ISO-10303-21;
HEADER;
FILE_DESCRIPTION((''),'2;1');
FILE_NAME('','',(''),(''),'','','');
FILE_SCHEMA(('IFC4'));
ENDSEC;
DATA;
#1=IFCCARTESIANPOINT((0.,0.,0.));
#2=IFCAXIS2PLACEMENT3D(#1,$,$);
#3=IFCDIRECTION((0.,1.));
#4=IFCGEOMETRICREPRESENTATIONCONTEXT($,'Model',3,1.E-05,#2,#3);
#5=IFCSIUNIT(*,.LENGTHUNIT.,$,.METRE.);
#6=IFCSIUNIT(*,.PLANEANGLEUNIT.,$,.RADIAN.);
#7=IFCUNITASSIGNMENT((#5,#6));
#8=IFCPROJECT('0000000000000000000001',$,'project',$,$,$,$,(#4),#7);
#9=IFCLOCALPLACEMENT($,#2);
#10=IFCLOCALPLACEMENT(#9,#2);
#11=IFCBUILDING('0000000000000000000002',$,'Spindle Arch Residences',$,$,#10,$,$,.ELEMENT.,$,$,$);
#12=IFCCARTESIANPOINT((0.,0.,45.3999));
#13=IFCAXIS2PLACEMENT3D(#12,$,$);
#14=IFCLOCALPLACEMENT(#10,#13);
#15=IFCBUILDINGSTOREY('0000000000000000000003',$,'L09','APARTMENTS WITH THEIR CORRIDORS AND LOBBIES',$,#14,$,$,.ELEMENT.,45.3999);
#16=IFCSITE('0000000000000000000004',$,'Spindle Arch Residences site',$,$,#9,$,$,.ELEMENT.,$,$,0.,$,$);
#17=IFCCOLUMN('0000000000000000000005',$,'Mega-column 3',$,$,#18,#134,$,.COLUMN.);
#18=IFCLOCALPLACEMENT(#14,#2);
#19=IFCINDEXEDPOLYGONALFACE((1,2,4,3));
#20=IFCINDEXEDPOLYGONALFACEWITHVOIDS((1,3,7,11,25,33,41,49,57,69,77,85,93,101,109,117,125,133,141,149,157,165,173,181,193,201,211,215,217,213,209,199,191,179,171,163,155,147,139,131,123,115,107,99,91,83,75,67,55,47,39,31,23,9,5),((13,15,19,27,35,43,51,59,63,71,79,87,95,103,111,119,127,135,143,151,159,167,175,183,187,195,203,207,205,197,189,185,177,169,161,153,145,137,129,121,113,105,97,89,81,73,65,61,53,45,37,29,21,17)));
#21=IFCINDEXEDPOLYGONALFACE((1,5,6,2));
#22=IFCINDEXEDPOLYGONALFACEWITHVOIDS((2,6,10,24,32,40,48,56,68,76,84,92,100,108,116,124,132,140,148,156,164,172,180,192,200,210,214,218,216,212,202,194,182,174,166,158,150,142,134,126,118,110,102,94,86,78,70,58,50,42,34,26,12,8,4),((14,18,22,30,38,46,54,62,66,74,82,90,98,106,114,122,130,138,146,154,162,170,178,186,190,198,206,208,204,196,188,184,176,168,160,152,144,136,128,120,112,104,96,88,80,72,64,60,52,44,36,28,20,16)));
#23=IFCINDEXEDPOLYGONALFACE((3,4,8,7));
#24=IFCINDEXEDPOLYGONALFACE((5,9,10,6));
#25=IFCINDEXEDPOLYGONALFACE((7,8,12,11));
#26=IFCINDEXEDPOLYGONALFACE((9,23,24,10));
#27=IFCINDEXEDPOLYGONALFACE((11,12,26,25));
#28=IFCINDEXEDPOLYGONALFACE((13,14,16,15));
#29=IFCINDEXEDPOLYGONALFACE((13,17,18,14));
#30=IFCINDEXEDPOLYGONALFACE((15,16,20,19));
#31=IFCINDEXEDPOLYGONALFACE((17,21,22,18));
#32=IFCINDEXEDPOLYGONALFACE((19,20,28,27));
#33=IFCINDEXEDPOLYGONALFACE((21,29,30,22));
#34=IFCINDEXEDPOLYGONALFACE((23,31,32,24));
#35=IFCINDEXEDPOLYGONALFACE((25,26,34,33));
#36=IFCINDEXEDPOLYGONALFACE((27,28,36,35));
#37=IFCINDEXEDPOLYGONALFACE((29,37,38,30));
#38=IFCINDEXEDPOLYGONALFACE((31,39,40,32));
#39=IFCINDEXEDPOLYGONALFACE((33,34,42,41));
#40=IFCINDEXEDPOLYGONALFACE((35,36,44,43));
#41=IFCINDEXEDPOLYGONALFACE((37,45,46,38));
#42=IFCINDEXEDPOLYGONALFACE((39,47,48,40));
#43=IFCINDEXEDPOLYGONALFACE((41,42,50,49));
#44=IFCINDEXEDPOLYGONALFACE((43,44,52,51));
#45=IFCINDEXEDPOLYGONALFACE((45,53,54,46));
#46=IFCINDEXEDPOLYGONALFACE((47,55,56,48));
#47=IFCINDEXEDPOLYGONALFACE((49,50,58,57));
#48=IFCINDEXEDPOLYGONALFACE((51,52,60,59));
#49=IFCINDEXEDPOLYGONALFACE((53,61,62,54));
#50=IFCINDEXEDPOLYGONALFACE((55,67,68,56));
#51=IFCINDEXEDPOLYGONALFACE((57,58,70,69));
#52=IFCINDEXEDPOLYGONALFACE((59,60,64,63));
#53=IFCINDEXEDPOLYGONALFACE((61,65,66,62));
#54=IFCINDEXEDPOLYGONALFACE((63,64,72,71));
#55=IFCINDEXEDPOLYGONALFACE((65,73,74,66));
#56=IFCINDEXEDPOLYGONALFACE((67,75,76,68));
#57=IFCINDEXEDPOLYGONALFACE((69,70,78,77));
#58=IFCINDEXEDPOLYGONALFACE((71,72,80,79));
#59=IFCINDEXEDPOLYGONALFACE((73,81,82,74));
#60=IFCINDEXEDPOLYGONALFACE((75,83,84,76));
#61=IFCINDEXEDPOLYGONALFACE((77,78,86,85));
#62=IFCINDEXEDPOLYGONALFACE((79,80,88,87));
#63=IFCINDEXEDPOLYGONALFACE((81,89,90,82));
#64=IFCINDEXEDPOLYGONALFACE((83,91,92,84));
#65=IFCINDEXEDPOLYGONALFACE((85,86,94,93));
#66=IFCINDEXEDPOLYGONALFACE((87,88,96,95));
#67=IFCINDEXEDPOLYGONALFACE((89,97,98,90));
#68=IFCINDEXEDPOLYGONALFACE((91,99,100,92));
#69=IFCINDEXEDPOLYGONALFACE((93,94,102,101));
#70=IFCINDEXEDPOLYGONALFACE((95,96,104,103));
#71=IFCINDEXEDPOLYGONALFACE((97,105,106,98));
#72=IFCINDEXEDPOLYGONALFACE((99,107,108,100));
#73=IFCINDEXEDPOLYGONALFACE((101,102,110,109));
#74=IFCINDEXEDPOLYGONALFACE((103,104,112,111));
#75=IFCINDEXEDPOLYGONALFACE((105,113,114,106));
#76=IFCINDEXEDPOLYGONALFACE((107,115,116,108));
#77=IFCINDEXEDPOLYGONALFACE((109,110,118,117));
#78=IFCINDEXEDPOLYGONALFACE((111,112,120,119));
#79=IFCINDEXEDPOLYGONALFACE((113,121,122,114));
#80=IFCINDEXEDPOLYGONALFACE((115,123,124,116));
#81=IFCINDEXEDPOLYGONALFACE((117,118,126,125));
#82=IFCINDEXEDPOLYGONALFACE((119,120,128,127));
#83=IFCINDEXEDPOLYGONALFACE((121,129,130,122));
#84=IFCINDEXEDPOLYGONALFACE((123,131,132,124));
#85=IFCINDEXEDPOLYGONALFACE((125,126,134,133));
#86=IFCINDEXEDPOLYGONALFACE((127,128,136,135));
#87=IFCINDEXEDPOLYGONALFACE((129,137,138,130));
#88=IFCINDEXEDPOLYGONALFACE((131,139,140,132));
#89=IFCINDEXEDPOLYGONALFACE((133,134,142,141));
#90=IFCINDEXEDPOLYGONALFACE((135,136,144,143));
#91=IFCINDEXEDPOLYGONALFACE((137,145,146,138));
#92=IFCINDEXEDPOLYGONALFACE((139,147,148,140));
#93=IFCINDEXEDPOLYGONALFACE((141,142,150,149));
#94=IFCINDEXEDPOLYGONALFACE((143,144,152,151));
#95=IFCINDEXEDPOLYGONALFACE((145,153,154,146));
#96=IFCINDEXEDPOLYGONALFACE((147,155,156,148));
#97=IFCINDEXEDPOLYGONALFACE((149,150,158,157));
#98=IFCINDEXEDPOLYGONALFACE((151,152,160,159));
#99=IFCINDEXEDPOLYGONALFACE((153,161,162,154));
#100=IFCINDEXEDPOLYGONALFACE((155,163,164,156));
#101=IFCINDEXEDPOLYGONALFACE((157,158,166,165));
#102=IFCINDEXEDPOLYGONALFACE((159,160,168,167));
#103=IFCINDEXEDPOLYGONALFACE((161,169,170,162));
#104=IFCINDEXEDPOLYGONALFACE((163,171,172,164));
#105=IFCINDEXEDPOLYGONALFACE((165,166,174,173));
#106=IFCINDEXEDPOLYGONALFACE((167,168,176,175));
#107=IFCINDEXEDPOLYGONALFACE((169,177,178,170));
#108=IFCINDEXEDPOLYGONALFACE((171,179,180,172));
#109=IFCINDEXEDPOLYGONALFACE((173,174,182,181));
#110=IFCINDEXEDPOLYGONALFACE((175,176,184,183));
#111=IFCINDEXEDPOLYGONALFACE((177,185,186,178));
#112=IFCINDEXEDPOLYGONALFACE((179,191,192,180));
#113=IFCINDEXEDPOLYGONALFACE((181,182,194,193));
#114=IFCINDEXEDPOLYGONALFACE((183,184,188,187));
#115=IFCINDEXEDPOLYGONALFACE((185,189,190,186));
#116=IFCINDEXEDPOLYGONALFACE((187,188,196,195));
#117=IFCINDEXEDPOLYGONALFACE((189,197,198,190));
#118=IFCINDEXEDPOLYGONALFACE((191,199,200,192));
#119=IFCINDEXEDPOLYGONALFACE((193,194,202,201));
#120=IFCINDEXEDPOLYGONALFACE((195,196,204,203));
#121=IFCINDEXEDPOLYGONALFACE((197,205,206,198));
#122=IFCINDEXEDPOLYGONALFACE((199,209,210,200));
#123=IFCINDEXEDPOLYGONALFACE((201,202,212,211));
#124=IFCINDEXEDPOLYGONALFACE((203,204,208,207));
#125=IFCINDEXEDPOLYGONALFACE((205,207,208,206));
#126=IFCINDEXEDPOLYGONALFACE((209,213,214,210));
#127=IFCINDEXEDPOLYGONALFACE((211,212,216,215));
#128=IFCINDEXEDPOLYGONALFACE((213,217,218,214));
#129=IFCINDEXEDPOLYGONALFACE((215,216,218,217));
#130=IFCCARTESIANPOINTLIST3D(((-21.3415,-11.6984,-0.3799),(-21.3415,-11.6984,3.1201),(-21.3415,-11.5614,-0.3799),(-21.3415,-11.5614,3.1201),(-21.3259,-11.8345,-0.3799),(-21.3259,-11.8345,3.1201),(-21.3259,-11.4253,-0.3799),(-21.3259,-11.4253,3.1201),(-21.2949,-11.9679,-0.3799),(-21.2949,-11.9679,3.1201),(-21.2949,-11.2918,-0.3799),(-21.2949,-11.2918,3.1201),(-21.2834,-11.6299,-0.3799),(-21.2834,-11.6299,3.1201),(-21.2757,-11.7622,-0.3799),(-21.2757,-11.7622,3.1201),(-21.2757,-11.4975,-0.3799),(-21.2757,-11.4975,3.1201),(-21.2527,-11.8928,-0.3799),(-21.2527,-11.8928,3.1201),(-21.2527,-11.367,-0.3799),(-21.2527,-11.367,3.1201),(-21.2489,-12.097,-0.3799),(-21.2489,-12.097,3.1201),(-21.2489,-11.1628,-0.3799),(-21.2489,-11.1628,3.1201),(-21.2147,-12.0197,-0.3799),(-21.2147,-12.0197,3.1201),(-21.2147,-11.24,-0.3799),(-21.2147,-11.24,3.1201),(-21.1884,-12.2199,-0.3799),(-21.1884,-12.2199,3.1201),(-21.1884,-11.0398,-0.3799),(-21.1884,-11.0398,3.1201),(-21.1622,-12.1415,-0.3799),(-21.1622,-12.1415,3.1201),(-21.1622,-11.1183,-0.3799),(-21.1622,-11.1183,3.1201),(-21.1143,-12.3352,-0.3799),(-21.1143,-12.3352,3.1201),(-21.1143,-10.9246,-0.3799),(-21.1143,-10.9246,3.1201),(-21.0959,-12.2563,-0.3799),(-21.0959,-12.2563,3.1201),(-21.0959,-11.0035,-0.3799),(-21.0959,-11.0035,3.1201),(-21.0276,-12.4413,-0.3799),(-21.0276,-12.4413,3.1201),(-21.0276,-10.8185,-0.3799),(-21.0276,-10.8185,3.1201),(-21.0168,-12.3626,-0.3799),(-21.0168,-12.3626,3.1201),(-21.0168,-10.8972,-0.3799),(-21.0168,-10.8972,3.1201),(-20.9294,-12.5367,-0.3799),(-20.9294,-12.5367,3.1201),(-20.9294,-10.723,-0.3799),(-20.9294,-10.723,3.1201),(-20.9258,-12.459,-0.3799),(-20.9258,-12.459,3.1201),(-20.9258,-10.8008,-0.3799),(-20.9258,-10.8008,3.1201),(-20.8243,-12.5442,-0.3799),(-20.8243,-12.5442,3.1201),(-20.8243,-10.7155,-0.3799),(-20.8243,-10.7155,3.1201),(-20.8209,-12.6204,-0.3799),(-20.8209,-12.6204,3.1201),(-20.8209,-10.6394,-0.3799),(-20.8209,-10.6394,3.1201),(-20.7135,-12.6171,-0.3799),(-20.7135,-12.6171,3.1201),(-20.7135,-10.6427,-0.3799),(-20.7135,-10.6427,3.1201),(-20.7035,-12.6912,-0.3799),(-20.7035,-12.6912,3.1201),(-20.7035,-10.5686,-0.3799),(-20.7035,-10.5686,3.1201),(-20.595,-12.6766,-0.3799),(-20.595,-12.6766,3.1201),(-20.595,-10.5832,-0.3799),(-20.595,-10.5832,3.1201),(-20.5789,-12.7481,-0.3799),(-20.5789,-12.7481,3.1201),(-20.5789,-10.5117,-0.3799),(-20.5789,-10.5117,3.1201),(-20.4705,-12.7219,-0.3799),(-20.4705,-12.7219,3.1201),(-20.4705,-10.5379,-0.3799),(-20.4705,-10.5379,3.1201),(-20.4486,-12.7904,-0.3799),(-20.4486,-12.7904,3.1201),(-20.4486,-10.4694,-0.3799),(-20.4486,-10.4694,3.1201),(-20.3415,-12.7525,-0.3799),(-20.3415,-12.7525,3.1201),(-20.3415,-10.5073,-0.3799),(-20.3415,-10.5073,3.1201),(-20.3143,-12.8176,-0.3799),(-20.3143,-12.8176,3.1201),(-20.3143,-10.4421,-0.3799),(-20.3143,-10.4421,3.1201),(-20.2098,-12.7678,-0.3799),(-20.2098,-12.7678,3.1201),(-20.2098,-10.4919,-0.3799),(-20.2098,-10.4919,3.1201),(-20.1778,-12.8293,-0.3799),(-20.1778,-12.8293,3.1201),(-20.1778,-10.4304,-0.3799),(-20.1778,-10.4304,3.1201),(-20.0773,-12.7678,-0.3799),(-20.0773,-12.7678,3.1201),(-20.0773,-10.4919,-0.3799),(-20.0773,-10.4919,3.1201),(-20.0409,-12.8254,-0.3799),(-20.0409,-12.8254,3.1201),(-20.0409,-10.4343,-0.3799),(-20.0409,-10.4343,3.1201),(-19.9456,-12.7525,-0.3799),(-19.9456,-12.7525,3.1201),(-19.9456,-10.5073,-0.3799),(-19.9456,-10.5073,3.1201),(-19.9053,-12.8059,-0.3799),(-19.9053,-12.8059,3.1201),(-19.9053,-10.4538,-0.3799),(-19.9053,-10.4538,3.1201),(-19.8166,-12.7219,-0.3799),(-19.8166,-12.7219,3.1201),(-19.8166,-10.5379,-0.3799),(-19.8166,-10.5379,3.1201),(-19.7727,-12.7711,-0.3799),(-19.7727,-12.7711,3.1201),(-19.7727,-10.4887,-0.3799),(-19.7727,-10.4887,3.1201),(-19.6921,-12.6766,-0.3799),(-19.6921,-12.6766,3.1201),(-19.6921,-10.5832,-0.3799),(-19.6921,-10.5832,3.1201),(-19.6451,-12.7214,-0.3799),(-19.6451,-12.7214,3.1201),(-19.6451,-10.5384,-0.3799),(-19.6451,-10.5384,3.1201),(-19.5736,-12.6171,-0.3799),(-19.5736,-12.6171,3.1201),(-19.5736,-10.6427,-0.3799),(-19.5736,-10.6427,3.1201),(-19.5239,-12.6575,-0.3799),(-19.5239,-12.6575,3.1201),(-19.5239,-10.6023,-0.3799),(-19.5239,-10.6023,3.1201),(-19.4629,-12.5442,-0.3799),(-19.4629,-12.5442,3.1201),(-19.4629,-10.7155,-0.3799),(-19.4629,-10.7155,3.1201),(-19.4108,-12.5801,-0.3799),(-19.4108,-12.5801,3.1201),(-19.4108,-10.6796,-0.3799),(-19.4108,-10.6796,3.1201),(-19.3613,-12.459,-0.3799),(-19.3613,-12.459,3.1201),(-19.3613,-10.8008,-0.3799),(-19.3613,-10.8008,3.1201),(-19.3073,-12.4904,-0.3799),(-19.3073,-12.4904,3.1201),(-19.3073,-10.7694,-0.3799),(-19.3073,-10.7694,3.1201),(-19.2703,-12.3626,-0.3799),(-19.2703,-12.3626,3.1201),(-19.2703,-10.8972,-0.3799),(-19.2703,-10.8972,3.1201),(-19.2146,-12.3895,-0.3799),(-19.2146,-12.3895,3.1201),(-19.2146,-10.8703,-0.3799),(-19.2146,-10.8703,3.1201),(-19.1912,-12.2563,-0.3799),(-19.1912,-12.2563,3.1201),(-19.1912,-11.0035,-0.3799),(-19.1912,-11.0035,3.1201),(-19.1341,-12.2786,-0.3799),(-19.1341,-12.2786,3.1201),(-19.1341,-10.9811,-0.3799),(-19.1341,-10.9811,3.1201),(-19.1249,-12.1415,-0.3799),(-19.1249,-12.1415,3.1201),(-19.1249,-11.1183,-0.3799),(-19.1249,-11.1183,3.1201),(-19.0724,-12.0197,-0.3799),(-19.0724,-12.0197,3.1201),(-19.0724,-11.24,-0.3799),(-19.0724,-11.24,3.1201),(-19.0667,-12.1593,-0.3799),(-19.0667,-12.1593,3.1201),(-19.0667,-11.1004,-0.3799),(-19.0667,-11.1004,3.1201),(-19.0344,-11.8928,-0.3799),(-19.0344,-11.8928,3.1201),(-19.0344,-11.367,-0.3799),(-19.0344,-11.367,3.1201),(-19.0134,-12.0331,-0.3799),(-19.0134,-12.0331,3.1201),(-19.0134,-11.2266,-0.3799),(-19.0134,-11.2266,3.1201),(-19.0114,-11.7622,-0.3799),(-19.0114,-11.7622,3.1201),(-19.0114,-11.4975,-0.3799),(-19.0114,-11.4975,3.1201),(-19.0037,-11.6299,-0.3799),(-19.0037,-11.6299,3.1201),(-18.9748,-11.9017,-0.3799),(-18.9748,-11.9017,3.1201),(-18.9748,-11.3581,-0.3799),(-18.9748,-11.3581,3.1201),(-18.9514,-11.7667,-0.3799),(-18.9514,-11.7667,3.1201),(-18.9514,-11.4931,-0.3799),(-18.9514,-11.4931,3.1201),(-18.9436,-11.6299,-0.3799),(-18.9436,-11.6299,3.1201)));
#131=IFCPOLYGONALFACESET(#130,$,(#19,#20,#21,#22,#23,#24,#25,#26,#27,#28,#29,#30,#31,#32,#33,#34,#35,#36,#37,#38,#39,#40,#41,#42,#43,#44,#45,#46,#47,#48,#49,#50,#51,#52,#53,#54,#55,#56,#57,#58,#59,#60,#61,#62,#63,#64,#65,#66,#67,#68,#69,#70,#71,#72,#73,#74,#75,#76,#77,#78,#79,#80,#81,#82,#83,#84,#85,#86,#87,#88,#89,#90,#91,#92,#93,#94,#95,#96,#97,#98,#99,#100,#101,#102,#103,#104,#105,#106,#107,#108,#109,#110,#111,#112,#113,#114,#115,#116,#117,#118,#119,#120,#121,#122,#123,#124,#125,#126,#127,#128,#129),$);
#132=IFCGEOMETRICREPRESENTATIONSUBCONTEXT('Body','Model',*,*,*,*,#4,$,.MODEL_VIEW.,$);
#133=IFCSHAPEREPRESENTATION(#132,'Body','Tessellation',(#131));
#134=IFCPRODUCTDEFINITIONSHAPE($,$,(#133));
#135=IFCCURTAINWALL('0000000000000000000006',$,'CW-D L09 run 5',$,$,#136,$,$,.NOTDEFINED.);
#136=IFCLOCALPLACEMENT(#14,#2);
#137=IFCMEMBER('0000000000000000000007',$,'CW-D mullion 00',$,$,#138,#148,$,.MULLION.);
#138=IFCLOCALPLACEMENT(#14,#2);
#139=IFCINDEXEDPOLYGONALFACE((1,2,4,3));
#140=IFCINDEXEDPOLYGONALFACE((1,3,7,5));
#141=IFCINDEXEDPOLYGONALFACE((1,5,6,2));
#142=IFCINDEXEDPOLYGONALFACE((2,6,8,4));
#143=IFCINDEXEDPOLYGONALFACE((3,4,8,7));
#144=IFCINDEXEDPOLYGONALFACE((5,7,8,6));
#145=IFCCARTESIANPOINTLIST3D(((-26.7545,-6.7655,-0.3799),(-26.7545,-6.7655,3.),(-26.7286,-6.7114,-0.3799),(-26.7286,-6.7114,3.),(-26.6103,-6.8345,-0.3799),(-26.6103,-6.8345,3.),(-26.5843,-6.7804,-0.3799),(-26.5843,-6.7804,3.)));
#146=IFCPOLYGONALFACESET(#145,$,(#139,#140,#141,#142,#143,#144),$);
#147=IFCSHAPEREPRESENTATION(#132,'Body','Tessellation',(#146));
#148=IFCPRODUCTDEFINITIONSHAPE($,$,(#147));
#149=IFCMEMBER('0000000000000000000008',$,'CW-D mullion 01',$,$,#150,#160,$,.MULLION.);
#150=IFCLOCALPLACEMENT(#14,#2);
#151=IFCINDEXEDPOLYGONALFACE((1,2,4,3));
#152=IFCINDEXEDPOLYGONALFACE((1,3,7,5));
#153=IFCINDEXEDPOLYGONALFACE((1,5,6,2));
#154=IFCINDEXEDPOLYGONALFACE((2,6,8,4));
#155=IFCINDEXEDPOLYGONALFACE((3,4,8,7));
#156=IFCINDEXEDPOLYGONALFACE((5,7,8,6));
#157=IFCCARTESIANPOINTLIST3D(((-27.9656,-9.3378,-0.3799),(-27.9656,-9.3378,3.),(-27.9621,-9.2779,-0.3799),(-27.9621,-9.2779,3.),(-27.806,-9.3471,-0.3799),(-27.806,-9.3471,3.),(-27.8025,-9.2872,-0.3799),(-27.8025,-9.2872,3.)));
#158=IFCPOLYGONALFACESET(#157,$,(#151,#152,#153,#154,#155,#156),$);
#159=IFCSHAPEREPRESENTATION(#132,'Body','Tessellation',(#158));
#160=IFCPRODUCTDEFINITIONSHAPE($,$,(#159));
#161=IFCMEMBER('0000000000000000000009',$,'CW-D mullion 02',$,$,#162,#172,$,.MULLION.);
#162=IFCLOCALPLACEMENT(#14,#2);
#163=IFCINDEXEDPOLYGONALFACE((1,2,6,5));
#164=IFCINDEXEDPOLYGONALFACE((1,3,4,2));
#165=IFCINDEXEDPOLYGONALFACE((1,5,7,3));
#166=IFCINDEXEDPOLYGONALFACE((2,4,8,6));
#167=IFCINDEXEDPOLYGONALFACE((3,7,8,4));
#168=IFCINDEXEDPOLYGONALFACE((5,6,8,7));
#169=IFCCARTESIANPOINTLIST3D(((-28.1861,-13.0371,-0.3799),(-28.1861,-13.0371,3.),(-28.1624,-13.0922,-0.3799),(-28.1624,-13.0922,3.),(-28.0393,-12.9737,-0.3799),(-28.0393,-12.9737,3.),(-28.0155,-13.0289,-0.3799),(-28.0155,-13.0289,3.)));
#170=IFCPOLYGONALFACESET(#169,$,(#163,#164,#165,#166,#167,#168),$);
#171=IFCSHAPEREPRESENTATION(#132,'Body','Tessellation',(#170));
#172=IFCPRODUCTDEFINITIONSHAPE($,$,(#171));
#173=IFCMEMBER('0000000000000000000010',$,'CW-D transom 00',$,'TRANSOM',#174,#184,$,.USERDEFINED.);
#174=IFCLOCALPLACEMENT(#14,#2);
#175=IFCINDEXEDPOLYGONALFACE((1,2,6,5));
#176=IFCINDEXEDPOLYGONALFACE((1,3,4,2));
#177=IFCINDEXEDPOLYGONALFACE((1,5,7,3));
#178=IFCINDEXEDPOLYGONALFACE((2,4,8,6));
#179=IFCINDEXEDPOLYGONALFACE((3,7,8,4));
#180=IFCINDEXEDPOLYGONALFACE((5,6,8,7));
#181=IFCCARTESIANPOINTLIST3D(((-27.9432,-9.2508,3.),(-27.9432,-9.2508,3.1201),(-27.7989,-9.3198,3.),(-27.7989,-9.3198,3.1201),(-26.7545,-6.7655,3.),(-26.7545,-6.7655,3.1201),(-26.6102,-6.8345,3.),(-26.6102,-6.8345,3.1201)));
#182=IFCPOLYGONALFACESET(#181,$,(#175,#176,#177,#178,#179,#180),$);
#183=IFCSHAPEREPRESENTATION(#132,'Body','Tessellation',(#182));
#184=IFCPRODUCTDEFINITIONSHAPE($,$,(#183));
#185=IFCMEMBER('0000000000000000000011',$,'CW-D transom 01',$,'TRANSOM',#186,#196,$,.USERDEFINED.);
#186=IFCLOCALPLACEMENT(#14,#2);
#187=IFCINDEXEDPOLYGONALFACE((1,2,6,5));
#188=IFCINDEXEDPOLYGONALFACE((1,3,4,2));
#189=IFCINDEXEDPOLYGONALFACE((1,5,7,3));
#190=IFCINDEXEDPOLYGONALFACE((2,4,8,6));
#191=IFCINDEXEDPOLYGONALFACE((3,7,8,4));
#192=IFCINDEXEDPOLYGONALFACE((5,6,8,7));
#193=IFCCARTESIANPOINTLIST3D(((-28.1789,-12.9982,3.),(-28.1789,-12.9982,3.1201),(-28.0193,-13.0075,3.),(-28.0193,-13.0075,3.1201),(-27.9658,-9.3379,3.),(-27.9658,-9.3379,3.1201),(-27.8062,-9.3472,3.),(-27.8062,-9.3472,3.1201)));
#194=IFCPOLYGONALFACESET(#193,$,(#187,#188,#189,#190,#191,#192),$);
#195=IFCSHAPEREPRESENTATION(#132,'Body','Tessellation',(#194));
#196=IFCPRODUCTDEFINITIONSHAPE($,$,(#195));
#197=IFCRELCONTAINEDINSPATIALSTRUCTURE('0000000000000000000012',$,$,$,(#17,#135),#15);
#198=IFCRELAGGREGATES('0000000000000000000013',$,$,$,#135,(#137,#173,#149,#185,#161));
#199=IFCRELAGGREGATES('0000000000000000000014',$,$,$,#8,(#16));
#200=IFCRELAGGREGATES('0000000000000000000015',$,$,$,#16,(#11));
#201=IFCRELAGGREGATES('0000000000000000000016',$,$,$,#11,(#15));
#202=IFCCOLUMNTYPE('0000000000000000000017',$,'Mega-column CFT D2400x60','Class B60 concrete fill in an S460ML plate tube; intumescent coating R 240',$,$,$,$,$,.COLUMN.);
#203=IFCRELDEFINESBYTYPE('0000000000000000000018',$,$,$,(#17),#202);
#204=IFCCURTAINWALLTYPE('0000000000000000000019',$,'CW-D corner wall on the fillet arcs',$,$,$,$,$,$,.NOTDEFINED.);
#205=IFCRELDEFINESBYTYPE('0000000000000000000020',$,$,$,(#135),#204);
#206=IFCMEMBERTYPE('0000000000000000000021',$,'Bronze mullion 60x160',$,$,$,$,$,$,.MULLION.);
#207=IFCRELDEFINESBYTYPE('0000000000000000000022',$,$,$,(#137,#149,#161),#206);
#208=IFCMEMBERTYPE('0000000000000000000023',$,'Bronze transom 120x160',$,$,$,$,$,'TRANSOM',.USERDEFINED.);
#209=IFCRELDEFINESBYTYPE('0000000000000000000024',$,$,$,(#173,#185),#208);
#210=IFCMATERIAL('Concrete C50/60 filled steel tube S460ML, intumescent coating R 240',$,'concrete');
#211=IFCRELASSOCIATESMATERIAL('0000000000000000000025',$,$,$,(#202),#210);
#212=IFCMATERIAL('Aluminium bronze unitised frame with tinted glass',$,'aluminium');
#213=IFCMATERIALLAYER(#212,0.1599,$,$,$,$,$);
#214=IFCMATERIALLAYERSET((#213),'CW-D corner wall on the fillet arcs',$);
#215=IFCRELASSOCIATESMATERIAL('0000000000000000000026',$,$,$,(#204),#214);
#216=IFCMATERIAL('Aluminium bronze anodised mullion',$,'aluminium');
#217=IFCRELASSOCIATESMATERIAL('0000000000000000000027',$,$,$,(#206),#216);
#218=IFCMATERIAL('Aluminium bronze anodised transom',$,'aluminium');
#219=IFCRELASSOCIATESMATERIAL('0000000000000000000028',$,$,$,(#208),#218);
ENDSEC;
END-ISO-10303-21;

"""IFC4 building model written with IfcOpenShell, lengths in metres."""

from ifc_helpers import new_model, si_unit, direction, frame, origin, origin_2d, place, context, subcontext, project, spatial, rectangle, hollow_circle, extrude, material, layer, layer_set, material_profile, profile_set, type_object, element, aggregate, save


model = new_model("IFC4")

# Units and contexts
model_context = context("Model", 3, precision=1e-05, world=origin(), true_north=direction((0.0, 1.0)))
body_context = subcontext(model_context, "Body", "Model", "MODEL_VIEW")
ifc_project = project(units=[si_unit("LENGTHUNIT", "METRE"), si_unit("PLANEANGLEUNIT", "RADIAN")], contexts=[model_context])

# Site, building, storey
site_placement = place(None, origin())
site = spatial("IfcSite", under=ifc_project, at=site_placement, Name="Spindle Arch Residences site", CompositionType="ELEMENT", RefElevation=0.0)
building_placement = place(site_placement, origin())
building = spatial("IfcBuilding", under=site, at=building_placement, Name="Spindle Arch Residences", CompositionType="ELEMENT")
storey_placement = place(building_placement, frame((0.0, 0.0, 45.3999)))
storey = spatial("IfcBuildingStorey", under=building, at=storey_placement, Name="L09", Description="APARTMENTS WITH THEIR CORRIDORS AND LOBBIES", CompositionType="ELEMENT", Elevation=45.3999)

# Column
ifc_material_1 = material(Name="Concrete C50/60 filled steel tube S460ML, intumescent coating R 240", Category="concrete")
ifc_material_profile_1 = material_profile(ifc_material_1, hollow_circle(Radius=1.2, WallThickness=0.0601, at=origin_2d()), Name="CFT D2400x60")
ifc_profile_set_1 = profile_set([ifc_material_profile_1], Name="Concrete C50/60 filled steel tube S460ML, intumescent coating R 240")
column_type_1 = type_object("IfcColumnType", Name="Mega-column CFT D2400x60", Description="Class B60 concrete fill in an S460ML plate tube; intumescent coating R 240", PredefinedType="COLUMN", material=ifc_profile_set_1)
column_placement = place(storey_placement, frame((-20.1436, -11.6299, -0.3799), z_axis=(0.0, 0.0, 1.0), x_axis=(1.0, 0.0, 0.0)))
element("IfcColumn", 1, at=column_placement, inside=storey, type_object=column_type_1, Name="Mega-column 3", PredefinedType="COLUMN", context=body_context, shape_type="SweptSolid", body=[
    extrude(hollow_circle(Radius=1.2, WallThickness=0.0601, at=origin_2d()), origin(), (0.0, 0.0, 1.0), 3.5),
])

# Curtain wall, members
ifc_material_2 = material(Name="Aluminium bronze unitised frame with tinted glass", Category="aluminium")
ifc_layer_1 = layer(ifc_material_2, 0.1599)
ifc_layer_set_1 = layer_set([ifc_layer_1], Name="CW-D corner wall on the fillet arcs")
curtain_wall_type_1 = type_object("IfcCurtainWallType", Name="CW-D corner wall on the fillet arcs", PredefinedType="NOTDEFINED", material=ifc_layer_set_1)
curtain_wall_1_placement = place(storey_placement, origin())
curtain_wall_1 = element("IfcCurtainWall", 2, at=curtain_wall_1_placement, inside=storey, type_object=curtain_wall_type_1, Name="CW-D L09 run 5", PredefinedType="NOTDEFINED")
ifc_material_3 = material(Name="Aluminium bronze anodised mullion", Category="aluminium")
ifc_material_profile_2 = material_profile(ifc_material_3, rectangle(XDim=0.1599, YDim=0.0601, at=origin_2d()), Name="MU 60x160")
ifc_profile_set_2 = profile_set([ifc_material_profile_2], Name="Aluminium bronze anodised mullion")
member_type_1 = type_object("IfcMemberType", Name="Bronze mullion 60x160", PredefinedType="MULLION", material=ifc_profile_set_2)
member_1_placement = place(storey_placement, frame((-26.6694, -6.7729, -0.3799), z_axis=(0.0, 0.0, 1.0), x_axis=(0.902112, -0.431502, 0.0)))
member_1 = element("IfcMember", 3, at=member_1_placement, type_object=member_type_1, Name="CW-D mullion 00", PredefinedType="MULLION", context=body_context, shape_type="SweptSolid", body=[
    extrude(rectangle(XDim=0.1599, YDim=0.0601, at=origin_2d()), origin(), (0.0, 0.0, 1.0), 3.3799),
])
member_2_placement = place(storey_placement, frame((-27.884, -9.3125, -0.3799), z_axis=(0.0, 0.0, 1.0), x_axis=(0.998308, -0.058145, 0.0)))
member_2 = element("IfcMember", 4, at=member_2_placement, type_object=member_type_1, Name="CW-D mullion 01", PredefinedType="MULLION", context=body_context, shape_type="SweptSolid", body=[
    extrude(rectangle(XDim=0.1599, YDim=0.0601, at=origin_2d()), origin(), (0.0, 0.0, 1.0), 3.3799),
])
member_3_placement = place(storey_placement, frame((-28.1008, -13.033, -0.3799), z_axis=(0.0, 0.0, 1.0), x_axis=(0.918216, 0.39608, 0.0)))
member_3 = element("IfcMember", 5, at=member_3_placement, type_object=member_type_1, Name="CW-D mullion 02", PredefinedType="MULLION", context=body_context, shape_type="SweptSolid", body=[
    extrude(rectangle(XDim=0.1599, YDim=0.0601, at=origin_2d()), origin(), (0.0, 0.0, 1.0), 3.3799),
])
ifc_material_4 = material(Name="Aluminium bronze anodised transom", Category="aluminium")
ifc_material_profile_3 = material_profile(ifc_material_4, rectangle(XDim=0.1599, YDim=0.1201, at=origin_2d()), Name="TR 120x160")
ifc_profile_set_3 = profile_set([ifc_material_profile_3], Name="Aluminium bronze anodised transom")
member_type_2 = type_object("IfcMemberType", Name="Bronze transom 120x160", ElementType="TRANSOM", PredefinedType="USERDEFINED", material=ifc_profile_set_3)
member_4_placement = place(storey_placement, frame((-26.6824, -6.8, 3.0601), z_axis=(-0.431477, -0.902124, 0.0), x_axis=(0.902124, -0.431477, 0.0)))
member_4 = element("IfcMember", 6, at=member_4_placement, type_object=member_type_2, Name="CW-D transom 00", ObjectType="TRANSOM", PredefinedType="USERDEFINED", context=body_context, shape_type="SweptSolid", body=[
    extrude(rectangle(XDim=0.1599, YDim=0.1201, at=origin_2d()), origin(), (0.0, 0.0, 1.0), 2.7549),
])
member_5_placement = place(storey_placement, frame((-27.886, -9.3425, 3.0601), z_axis=(-0.058129, -0.998309, 0.0), x_axis=(0.998309, -0.058129, 0.0)))
member_5 = element("IfcMember", 7, at=member_5_placement, type_object=member_type_2, Name="CW-D transom 01", ObjectType="TRANSOM", PredefinedType="USERDEFINED", context=body_context, shape_type="SweptSolid", body=[
    extrude(rectangle(XDim=0.1599, YDim=0.1201, at=origin_2d()), origin(), (0.0, 0.0, 1.0), 3.6665),
])

aggregate(curtain_wall_1, [member_1, member_4, member_2, member_5, member_3])

save(model, "model.ifc")
